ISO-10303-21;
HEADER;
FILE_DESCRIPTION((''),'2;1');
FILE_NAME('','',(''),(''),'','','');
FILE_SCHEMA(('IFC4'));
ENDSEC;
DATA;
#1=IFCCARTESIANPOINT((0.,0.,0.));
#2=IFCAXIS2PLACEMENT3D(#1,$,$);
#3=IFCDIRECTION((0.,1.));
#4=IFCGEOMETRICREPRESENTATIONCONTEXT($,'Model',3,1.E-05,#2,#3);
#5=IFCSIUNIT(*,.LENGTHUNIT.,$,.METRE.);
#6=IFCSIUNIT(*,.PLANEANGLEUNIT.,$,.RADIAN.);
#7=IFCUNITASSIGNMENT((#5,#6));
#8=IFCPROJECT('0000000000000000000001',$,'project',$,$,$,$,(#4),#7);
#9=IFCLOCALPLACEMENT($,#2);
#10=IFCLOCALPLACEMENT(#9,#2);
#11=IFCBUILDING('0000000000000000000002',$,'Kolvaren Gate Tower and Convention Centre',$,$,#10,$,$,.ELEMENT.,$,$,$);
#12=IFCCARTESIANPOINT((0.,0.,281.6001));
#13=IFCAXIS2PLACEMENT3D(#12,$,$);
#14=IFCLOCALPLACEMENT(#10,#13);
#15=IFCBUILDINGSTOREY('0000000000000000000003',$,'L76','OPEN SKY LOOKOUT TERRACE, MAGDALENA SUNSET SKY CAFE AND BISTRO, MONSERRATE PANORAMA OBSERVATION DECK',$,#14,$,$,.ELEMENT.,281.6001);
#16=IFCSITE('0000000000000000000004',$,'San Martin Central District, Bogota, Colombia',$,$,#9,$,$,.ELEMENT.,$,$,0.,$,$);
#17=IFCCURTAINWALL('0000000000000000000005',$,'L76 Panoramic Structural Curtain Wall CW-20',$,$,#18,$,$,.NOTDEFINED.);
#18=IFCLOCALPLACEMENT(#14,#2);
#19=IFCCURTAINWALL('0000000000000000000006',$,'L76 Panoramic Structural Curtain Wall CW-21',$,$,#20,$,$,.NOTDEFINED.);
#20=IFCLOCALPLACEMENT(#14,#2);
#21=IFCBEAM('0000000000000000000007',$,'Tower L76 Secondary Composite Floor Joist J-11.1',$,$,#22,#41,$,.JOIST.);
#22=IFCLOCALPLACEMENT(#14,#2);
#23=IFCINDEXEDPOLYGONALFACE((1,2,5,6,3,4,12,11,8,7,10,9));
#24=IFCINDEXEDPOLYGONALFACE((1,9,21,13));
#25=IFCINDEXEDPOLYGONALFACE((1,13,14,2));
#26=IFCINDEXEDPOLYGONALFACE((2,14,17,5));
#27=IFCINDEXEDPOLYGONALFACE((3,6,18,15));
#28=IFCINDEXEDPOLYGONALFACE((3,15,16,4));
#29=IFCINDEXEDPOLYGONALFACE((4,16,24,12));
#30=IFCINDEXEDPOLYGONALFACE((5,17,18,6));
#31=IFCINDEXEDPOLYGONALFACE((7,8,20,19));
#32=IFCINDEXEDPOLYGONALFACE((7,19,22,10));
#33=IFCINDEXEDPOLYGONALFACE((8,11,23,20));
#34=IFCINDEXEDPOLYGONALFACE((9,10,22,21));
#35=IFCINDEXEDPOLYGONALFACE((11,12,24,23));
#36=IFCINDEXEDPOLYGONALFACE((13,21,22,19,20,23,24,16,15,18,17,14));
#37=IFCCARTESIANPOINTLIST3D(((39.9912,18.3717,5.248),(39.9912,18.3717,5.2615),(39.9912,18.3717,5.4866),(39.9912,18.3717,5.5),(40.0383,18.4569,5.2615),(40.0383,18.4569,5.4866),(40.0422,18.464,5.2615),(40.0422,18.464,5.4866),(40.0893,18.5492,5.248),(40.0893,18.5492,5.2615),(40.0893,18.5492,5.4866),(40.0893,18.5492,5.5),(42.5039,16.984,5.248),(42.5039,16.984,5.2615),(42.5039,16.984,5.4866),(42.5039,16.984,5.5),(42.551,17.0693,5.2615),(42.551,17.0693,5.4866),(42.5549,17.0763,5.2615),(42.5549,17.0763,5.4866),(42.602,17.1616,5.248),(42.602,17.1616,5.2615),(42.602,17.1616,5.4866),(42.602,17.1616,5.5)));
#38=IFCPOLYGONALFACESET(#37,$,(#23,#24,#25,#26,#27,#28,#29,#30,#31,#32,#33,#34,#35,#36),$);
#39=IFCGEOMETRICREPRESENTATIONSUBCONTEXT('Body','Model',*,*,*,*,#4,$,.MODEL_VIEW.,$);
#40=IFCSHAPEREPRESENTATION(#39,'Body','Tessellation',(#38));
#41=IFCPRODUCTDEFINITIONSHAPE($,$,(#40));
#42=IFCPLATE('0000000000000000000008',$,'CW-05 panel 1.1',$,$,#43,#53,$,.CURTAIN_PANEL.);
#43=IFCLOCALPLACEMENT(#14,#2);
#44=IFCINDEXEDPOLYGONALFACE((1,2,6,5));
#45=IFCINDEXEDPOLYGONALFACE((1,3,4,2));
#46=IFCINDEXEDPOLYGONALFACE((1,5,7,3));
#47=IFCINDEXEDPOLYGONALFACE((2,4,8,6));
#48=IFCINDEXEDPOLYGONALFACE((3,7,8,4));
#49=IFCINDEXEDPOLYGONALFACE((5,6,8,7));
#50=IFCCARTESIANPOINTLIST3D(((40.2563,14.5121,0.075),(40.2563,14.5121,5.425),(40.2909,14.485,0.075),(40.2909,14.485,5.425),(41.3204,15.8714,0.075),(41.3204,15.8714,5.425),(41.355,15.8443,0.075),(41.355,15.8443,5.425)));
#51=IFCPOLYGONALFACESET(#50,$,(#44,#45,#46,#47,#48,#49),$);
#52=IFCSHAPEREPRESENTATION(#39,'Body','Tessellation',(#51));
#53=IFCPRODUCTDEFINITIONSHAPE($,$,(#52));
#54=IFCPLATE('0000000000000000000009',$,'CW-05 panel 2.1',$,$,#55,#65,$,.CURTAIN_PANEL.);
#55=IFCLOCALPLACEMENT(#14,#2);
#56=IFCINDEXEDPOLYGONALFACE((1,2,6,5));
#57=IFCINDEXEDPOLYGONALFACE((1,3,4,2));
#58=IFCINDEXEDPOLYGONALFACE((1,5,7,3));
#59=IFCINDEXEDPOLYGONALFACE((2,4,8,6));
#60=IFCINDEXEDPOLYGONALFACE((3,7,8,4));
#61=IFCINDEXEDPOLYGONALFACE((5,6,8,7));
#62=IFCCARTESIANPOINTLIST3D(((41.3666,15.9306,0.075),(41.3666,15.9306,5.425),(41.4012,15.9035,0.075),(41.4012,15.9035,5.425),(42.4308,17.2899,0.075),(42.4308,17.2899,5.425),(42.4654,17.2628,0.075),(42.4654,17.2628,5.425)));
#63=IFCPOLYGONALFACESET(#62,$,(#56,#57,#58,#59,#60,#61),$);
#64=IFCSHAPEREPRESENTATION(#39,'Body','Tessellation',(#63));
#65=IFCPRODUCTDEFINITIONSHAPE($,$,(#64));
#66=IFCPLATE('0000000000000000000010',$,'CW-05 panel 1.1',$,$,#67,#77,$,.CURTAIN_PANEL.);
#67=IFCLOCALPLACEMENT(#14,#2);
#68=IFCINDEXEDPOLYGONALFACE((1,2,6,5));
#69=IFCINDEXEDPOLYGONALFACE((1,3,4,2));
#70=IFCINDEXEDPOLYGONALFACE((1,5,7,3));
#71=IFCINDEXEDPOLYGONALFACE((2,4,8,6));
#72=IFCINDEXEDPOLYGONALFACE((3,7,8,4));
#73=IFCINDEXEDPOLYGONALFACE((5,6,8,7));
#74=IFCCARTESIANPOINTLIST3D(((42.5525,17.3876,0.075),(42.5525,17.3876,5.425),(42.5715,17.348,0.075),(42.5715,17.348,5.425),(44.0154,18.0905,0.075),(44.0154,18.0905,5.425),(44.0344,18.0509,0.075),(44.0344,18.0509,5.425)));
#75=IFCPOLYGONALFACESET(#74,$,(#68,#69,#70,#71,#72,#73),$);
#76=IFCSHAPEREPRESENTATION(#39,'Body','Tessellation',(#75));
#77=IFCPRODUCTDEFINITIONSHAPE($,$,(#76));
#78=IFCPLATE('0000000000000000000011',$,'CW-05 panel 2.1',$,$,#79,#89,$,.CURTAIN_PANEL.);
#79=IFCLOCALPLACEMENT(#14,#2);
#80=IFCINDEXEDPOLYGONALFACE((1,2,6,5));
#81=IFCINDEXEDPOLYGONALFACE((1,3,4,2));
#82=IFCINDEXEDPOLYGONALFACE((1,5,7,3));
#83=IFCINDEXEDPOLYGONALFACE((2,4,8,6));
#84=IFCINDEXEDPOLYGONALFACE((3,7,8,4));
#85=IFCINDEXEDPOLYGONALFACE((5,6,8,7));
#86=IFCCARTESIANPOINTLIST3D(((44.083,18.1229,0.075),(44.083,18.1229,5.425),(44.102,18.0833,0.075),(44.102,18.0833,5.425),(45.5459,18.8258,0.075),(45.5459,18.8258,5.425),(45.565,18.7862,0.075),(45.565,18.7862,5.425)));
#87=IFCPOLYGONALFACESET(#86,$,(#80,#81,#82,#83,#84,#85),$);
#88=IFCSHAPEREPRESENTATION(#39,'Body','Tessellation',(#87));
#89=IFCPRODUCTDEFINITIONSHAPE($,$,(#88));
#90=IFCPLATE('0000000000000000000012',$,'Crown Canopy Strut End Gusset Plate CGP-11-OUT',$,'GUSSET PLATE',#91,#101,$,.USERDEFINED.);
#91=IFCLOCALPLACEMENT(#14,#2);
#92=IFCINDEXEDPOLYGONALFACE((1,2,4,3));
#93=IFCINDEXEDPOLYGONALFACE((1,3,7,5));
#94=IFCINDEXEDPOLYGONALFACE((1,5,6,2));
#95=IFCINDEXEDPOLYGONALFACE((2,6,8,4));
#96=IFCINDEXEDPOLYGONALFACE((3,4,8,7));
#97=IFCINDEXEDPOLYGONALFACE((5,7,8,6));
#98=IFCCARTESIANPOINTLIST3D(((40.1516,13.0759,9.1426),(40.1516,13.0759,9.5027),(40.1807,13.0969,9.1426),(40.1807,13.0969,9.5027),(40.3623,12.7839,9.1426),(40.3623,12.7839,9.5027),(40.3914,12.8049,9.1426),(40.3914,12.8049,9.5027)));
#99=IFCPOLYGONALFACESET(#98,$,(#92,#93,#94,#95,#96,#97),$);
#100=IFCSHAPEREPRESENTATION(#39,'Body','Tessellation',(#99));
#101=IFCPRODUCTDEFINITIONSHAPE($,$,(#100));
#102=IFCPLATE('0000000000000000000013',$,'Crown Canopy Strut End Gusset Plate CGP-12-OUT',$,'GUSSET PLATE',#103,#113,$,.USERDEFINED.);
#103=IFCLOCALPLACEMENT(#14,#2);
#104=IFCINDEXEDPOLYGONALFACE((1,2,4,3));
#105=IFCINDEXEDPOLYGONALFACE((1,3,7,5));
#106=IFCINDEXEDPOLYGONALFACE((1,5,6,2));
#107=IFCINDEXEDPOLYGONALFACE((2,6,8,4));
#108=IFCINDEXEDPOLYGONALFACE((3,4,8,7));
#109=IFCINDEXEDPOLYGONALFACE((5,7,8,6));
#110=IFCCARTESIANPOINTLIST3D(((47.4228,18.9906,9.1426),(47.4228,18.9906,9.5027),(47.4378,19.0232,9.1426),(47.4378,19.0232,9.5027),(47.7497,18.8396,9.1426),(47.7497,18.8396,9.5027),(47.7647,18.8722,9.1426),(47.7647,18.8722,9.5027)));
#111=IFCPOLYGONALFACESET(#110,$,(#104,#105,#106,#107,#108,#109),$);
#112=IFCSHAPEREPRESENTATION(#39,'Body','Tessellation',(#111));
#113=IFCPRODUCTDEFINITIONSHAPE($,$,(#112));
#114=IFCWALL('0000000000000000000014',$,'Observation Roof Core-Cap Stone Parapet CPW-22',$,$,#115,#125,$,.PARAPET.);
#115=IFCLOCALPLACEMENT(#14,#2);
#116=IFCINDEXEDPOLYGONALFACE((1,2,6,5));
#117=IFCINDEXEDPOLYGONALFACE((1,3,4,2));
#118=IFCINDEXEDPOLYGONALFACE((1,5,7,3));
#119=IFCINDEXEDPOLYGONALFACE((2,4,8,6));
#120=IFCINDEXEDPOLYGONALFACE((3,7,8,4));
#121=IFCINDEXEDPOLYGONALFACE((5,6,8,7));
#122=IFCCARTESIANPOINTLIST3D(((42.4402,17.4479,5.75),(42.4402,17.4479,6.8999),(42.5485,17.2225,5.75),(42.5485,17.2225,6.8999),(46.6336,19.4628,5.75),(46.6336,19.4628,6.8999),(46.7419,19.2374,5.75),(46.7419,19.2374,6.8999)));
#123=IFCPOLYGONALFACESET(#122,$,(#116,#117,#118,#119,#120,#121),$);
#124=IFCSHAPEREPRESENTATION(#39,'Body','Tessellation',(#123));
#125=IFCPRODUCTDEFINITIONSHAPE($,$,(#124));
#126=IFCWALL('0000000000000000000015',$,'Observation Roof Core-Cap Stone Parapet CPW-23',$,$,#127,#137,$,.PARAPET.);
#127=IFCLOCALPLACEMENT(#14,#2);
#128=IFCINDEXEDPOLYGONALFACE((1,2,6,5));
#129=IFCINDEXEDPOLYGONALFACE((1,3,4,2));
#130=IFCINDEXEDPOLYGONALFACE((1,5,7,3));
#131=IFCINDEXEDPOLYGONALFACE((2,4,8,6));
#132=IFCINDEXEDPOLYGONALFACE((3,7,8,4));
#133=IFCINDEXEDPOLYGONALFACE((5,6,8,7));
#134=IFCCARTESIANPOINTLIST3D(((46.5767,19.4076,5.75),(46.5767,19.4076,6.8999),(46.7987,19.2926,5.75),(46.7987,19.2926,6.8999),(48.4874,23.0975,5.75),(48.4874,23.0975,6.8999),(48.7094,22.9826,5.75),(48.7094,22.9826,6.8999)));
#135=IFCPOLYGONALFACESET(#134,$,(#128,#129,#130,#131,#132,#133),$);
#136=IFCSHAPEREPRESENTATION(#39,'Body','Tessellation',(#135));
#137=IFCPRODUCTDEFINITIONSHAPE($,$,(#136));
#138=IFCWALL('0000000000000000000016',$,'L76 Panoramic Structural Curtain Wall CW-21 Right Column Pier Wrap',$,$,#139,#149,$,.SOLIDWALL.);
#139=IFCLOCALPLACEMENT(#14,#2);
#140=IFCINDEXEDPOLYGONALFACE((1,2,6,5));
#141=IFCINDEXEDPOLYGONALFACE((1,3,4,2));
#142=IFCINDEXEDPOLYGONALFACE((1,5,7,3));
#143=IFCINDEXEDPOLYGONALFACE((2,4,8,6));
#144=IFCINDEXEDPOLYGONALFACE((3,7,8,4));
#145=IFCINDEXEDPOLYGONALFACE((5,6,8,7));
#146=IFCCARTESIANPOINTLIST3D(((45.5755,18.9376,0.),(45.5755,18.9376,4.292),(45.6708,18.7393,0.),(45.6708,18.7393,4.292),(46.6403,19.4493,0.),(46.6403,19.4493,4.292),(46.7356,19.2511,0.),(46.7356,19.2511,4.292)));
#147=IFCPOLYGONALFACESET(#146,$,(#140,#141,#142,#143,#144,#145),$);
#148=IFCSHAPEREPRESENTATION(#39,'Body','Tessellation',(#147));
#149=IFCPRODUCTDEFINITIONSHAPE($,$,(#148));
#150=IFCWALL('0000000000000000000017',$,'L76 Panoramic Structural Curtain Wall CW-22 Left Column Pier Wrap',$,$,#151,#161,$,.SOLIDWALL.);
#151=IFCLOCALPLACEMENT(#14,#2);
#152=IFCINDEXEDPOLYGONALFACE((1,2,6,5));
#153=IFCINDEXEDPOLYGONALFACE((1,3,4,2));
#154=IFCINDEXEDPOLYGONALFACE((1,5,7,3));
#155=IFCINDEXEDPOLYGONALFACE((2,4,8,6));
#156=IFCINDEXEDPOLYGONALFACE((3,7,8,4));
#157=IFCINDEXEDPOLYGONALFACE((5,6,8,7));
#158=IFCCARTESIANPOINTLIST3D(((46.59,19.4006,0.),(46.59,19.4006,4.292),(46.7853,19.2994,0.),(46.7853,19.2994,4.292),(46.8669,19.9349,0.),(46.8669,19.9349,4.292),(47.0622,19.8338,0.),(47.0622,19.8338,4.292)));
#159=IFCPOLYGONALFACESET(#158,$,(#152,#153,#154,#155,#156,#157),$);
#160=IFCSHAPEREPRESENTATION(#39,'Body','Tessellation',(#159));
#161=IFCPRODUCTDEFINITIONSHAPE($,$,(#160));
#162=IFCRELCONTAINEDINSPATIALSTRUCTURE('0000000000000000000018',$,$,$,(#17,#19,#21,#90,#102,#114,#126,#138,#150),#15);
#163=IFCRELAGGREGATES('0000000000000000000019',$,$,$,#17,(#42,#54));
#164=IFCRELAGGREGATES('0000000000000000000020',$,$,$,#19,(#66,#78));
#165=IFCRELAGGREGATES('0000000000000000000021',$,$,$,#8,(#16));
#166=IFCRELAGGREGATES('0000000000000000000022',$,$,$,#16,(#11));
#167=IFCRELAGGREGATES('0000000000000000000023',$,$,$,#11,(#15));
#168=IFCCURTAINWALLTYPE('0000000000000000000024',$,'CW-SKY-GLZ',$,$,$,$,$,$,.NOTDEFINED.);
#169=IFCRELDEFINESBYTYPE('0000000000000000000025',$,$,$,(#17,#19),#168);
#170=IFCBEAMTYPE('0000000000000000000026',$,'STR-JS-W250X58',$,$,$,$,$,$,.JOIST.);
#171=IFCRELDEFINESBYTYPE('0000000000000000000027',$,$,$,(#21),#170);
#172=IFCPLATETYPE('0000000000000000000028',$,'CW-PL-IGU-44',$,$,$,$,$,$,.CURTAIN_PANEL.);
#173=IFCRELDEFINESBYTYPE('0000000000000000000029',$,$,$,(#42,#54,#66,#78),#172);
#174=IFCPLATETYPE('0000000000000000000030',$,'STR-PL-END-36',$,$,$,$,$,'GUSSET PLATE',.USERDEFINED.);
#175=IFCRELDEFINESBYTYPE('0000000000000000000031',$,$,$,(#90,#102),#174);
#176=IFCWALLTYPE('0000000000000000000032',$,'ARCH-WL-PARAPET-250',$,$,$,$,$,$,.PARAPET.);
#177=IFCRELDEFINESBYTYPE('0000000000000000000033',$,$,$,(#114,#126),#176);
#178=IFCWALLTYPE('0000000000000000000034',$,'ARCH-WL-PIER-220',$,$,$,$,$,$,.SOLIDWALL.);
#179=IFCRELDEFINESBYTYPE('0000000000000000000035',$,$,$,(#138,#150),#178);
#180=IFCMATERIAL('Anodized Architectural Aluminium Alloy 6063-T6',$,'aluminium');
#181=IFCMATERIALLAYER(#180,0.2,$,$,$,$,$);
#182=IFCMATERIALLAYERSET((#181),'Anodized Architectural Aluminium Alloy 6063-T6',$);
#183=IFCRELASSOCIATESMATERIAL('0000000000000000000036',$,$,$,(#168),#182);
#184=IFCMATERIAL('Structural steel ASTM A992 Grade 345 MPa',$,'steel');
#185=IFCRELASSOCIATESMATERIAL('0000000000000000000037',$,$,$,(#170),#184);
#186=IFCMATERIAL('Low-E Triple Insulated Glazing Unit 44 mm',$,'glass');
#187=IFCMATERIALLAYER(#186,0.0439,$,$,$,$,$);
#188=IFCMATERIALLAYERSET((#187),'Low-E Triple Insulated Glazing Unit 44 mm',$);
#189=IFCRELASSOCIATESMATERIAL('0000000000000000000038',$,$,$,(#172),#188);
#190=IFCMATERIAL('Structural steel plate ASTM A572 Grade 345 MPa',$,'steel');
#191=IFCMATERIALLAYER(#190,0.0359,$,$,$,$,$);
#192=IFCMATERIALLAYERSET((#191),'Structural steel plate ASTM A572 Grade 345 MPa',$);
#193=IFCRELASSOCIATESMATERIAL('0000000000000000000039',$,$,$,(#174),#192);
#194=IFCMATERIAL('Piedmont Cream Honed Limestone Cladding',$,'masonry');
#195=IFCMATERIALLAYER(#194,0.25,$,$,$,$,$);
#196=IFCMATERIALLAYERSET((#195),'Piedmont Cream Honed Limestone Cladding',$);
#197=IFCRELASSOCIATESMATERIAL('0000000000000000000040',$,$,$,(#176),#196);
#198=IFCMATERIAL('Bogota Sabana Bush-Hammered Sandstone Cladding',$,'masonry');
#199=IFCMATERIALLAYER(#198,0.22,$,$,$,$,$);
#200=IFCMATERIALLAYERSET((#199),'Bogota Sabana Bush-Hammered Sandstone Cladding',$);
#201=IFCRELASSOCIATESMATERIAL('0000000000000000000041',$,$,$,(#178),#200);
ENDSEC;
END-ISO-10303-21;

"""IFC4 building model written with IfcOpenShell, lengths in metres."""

from ifc_helpers import new_model, si_unit, direction, frame, frame_2d, origin, origin_2d, place, context, subcontext, project, spatial, rectangle, i_section, extrude, material, layer, layer_set, material_profile, profile_set, type_object, element, aggregate, save


model = new_model("IFC4")

# Units and contexts
model_context = context("Model", 3, precision=1e-05, world=origin(), true_north=direction((0.0, 1.0)))
body_context = subcontext(model_context, "Body", "Model", "MODEL_VIEW")
ifc_project = project(units=[si_unit("LENGTHUNIT", "METRE"), si_unit("PLANEANGLEUNIT", "RADIAN")], contexts=[model_context])

# Site, building, storey
site_placement = place(None, origin())
site = spatial("IfcSite", under=ifc_project, at=site_placement, Name="San Martin Central District, Bogota, Colombia", CompositionType="ELEMENT", RefElevation=0.0)
building_placement = place(site_placement, origin())
building = spatial("IfcBuilding", under=site, at=building_placement, Name="Kolvaren Gate Tower and Convention Centre", CompositionType="ELEMENT")
storey_placement = place(building_placement, frame((0.0, 0.0, 281.6001)))
storey = spatial("IfcBuildingStorey", under=building, at=storey_placement, Name="L76", Description="OPEN SKY LOOKOUT TERRACE, MAGDALENA SUNSET SKY CAFE AND BISTRO, MONSERRATE PANORAMA OBSERVATION DECK", CompositionType="ELEMENT", Elevation=281.6001)

# Curtain walls
ifc_material_1 = material(Name="Anodized Architectural Aluminium Alloy 6063-T6", Category="aluminium")
ifc_layer_1 = layer(ifc_material_1, 0.2)
ifc_layer_set_1 = layer_set([ifc_layer_1], Name="Anodized Architectural Aluminium Alloy 6063-T6")
curtain_wall_type = type_object("IfcCurtainWallType", Name="CW-SKY-GLZ", PredefinedType="NOTDEFINED", material=ifc_layer_set_1)
curtain_wall_1_placement = place(storey_placement, origin())
curtain_wall_1 = element("IfcCurtainWall", 1, at=curtain_wall_1_placement, inside=storey, type_object=curtain_wall_type, Name="L76 Panoramic Structural Curtain Wall CW-20", PredefinedType="NOTDEFINED")
curtain_wall_2_placement = place(storey_placement, origin())
curtain_wall_2 = element("IfcCurtainWall", 2, at=curtain_wall_2_placement, inside=storey, type_object=curtain_wall_type, Name="L76 Panoramic Structural Curtain Wall CW-21", PredefinedType="NOTDEFINED")

# Beam
ifc_material_2 = material(Name="Structural steel ASTM A992 Grade 345 MPa", Category="steel")
ifc_material_profile_1 = material_profile(ifc_material_2, i_section(OverallWidth=0.2029, OverallDepth=0.252, WebThickness=0.0081, FlangeThickness=0.0134, at=origin_2d()), Name="W250X58")
ifc_profile_set_1 = profile_set([ifc_material_profile_1], Name="Structural steel ASTM A992 Grade 345 MPa")
beam_type = type_object("IfcBeamType", Name="STR-JS-W250X58", PredefinedType="JOIST", material=ifc_profile_set_1)
beam_placement = place(storey_placement, frame((40.0403, 18.4604, 5.374), z_axis=(0.875374, -0.483446, 0.0), x_axis=(0.483446, 0.875374, 0.0)))
element("IfcBeam", 3, at=beam_placement, inside=storey, type_object=beam_type, Name="Tower L76 Secondary Composite Floor Joist J-11.1", PredefinedType="JOIST", context=body_context, shape_type="SweptSolid", body=[
    extrude(i_section(OverallWidth=0.2029, OverallDepth=0.252, WebThickness=0.0081, FlangeThickness=0.0134, at=origin_2d()), origin(), (0.0, 0.0, 1.0), 2.8704),
])

# Plates
ifc_material_3 = material(Name="Low-E Triple Insulated Glazing Unit 44 mm", Category="glass")
ifc_layer_2 = layer(ifc_material_3, 0.0439)
ifc_layer_set_2 = layer_set([ifc_layer_2], Name="Low-E Triple Insulated Glazing Unit 44 mm")
plate_type_1 = type_object("IfcPlateType", Name="CW-PL-IGU-44", PredefinedType="CURTAIN_PANEL", material=ifc_layer_set_2)
plate_1_placement = place(storey_placement, frame((40.8057, 15.1782, 0.075), z_axis=(0.0, 0.0, 1.0), x_axis=(0.616426, 0.787413, 0.0)))
plate_1 = element("IfcPlate", 4, at=plate_1_placement, type_object=plate_type_1, Name="CW-05 panel 1.1", PredefinedType="CURTAIN_PANEL", context=body_context, shape_type="SweptSolid", body=[
    extrude(rectangle(XDim=1.7263, YDim=0.0439, at=origin_2d()), origin(), (0.0, 0.0, 1.0), 5.3501),
])
plate_2_placement = place(storey_placement, frame((41.916, 16.5967, 0.075), z_axis=(0.0, 0.0, 1.0), x_axis=(0.616426, 0.787413, 0.0)))
plate_2 = element("IfcPlate", 5, at=plate_2_placement, type_object=plate_type_1, Name="CW-05 panel 2.1", PredefinedType="CURTAIN_PANEL", context=body_context, shape_type="SweptSolid", body=[
    extrude(rectangle(XDim=1.7263, YDim=0.0439, at=origin_2d()), origin(), (0.0, 0.0, 1.0), 5.3501),
])
aggregate(curtain_wall_1, [plate_1, plate_2])
plate_3_placement = place(storey_placement, frame((43.2935, 17.7192, 0.075), z_axis=(0.0, 0.0, 1.0), x_axis=(0.901358, 0.433076, 0.0)))
plate_3 = element("IfcPlate", 6, at=plate_3_placement, type_object=plate_type_1, Name="CW-05 panel 1.1", PredefinedType="CURTAIN_PANEL", context=body_context, shape_type="SweptSolid", body=[
    extrude(rectangle(XDim=1.623, YDim=0.0439, at=origin_2d()), origin(), (0.0, 0.0, 1.0), 5.3501),
])
plate_4_placement = place(storey_placement, frame((44.824, 18.4546, 0.075), z_axis=(0.0, 0.0, 1.0), x_axis=(0.901358, 0.433076, 0.0)))
plate_4 = element("IfcPlate", 7, at=plate_4_placement, type_object=plate_type_1, Name="CW-05 panel 2.1", PredefinedType="CURTAIN_PANEL", context=body_context, shape_type="SweptSolid", body=[
    extrude(rectangle(XDim=1.623, YDim=0.0439, at=origin_2d()), origin(), (0.0, 0.0, 1.0), 5.3501),
])
aggregate(curtain_wall_2, [plate_3, plate_4])

# Plates
ifc_material_4 = material(Name="Structural steel plate ASTM A572 Grade 345 MPa", Category="steel")
ifc_layer_3 = layer(ifc_material_4, 0.0359)
ifc_layer_set_3 = layer_set([ifc_layer_3], Name="Structural steel plate ASTM A572 Grade 345 MPa")
plate_type_2 = type_object("IfcPlateType", Name="STR-PL-END-36", ElementType="GUSSET PLATE", PredefinedType="USERDEFINED", material=ifc_layer_set_3)
for number, where, z_axis, x_axis, name in (
    (8, (40.2715, 12.9404, 9.1426), (0.0, 0.0, 1.0), (0.585186, -0.810899, 0.0), "Crown Canopy Strut End Gusset Plate CGP-11-OUT"),
    (9, (47.5938, 18.9314, 9.1426), (0.0, 0.0, 1.0), (0.907837, -0.419324, 0.0), "Crown Canopy Strut End Gusset Plate CGP-12-OUT"),
):
    element("IfcPlate", number, at=place(storey_placement, frame(where, z_axis=z_axis, x_axis=x_axis)), inside=storey, type_object=plate_type_2, Name=name, ObjectType="GUSSET PLATE", PredefinedType="USERDEFINED", context=body_context, shape_type="SweptSolid", body=[
        extrude(rectangle(XDim=0.3601, YDim=0.0359, at=origin_2d()), origin(), (0.0, 0.0, 1.0), 0.3601),
    ])

# Walls
ifc_material_5 = material(Name="Piedmont Cream Honed Limestone Cladding", Category="masonry")
ifc_layer_4 = layer(ifc_material_5, 0.25)
ifc_layer_set_4 = layer_set([ifc_layer_4], Name="Piedmont Cream Honed Limestone Cladding")
wall_type_1 = type_object("IfcWallType", Name="ARCH-WL-PARAPET-250", PredefinedType="PARAPET", material=ifc_layer_set_4)
wall_1_placement = place(storey_placement, frame((42.4944, 17.3352, 5.75), z_axis=(0.0, 0.0, 1.0), x_axis=(0.901349, 0.433094, 0.0)))
element("IfcWall", 10, at=wall_1_placement, inside=storey, type_object=wall_type_1, Name="Observation Roof Core-Cap Stone Parapet CPW-22", PredefinedType="PARAPET", context=body_context, shape_type="SweptSolid", body=[
    extrude(rectangle(XDim=4.6523, YDim=0.25, at=frame_2d((2.3262, 0.0))), origin(), (0.0, 0.0, 1.0), 1.1499),
])
wall_2_placement = place(storey_placement, frame((46.6877, 19.3501, 5.75), z_axis=(0.0, 0.0, 1.0), x_axis=(0.459813, 0.888016, 0.0)))
element("IfcWall", 11, at=wall_2_placement, inside=storey, type_object=wall_type_1, Name="Observation Roof Core-Cap Stone Parapet CPW-23", PredefinedType="PARAPET", context=body_context, shape_type="SweptSolid", body=[
    extrude(rectangle(XDim=4.1553, YDim=0.25, at=frame_2d((2.0776, 0.0))), origin(), (0.0, 0.0, 1.0), 1.1499),
])
ifc_material_6 = material(Name="Bogota Sabana Bush-Hammered Sandstone Cladding", Category="masonry")
ifc_layer_5 = layer(ifc_material_6, 0.22)
ifc_layer_set_5 = layer_set([ifc_layer_5], Name="Bogota Sabana Bush-Hammered Sandstone Cladding")
wall_type_2 = type_object("IfcWallType", Name="ARCH-WL-PIER-220", PredefinedType="SOLIDWALL", material=ifc_layer_set_5)
wall_3_placement = place(storey_placement, frame((45.623, 18.8384, 0.0), z_axis=(0.0, 0.0, 1.0), x_axis=(0.901304, 0.433188, 0.0)))
element("IfcWall", 12, at=wall_3_placement, inside=storey, type_object=wall_type_2, Name="L76 Panoramic Structural Curtain Wall CW-21 Right Column Pier Wrap", PredefinedType="SOLIDWALL", context=body_context, shape_type="SweptSolid", body=[
    extrude(rectangle(XDim=1.1814, YDim=0.22, at=frame_2d((0.5908, 0.0))), origin(), (0.0, 0.0, 1.0), 4.292),
])
wall_4_placement = place(storey_placement, frame((46.6877, 19.3501, 0.0), z_axis=(0.0, 0.0, 1.0), x_axis=(0.459986, 0.887926, 0.0)))
element("IfcWall", 13, at=wall_4_placement, inside=storey, type_object=wall_type_2, Name="L76 Panoramic Structural Curtain Wall CW-22 Left Column Pier Wrap", PredefinedType="SOLIDWALL", context=body_context, shape_type="SweptSolid", body=[
    extrude(rectangle(XDim=0.6018, YDim=0.22, at=frame_2d((0.3008, 0.0))), origin(), (0.0, 0.0, 1.0), 4.292),
])

save(model, "model.ifc")
